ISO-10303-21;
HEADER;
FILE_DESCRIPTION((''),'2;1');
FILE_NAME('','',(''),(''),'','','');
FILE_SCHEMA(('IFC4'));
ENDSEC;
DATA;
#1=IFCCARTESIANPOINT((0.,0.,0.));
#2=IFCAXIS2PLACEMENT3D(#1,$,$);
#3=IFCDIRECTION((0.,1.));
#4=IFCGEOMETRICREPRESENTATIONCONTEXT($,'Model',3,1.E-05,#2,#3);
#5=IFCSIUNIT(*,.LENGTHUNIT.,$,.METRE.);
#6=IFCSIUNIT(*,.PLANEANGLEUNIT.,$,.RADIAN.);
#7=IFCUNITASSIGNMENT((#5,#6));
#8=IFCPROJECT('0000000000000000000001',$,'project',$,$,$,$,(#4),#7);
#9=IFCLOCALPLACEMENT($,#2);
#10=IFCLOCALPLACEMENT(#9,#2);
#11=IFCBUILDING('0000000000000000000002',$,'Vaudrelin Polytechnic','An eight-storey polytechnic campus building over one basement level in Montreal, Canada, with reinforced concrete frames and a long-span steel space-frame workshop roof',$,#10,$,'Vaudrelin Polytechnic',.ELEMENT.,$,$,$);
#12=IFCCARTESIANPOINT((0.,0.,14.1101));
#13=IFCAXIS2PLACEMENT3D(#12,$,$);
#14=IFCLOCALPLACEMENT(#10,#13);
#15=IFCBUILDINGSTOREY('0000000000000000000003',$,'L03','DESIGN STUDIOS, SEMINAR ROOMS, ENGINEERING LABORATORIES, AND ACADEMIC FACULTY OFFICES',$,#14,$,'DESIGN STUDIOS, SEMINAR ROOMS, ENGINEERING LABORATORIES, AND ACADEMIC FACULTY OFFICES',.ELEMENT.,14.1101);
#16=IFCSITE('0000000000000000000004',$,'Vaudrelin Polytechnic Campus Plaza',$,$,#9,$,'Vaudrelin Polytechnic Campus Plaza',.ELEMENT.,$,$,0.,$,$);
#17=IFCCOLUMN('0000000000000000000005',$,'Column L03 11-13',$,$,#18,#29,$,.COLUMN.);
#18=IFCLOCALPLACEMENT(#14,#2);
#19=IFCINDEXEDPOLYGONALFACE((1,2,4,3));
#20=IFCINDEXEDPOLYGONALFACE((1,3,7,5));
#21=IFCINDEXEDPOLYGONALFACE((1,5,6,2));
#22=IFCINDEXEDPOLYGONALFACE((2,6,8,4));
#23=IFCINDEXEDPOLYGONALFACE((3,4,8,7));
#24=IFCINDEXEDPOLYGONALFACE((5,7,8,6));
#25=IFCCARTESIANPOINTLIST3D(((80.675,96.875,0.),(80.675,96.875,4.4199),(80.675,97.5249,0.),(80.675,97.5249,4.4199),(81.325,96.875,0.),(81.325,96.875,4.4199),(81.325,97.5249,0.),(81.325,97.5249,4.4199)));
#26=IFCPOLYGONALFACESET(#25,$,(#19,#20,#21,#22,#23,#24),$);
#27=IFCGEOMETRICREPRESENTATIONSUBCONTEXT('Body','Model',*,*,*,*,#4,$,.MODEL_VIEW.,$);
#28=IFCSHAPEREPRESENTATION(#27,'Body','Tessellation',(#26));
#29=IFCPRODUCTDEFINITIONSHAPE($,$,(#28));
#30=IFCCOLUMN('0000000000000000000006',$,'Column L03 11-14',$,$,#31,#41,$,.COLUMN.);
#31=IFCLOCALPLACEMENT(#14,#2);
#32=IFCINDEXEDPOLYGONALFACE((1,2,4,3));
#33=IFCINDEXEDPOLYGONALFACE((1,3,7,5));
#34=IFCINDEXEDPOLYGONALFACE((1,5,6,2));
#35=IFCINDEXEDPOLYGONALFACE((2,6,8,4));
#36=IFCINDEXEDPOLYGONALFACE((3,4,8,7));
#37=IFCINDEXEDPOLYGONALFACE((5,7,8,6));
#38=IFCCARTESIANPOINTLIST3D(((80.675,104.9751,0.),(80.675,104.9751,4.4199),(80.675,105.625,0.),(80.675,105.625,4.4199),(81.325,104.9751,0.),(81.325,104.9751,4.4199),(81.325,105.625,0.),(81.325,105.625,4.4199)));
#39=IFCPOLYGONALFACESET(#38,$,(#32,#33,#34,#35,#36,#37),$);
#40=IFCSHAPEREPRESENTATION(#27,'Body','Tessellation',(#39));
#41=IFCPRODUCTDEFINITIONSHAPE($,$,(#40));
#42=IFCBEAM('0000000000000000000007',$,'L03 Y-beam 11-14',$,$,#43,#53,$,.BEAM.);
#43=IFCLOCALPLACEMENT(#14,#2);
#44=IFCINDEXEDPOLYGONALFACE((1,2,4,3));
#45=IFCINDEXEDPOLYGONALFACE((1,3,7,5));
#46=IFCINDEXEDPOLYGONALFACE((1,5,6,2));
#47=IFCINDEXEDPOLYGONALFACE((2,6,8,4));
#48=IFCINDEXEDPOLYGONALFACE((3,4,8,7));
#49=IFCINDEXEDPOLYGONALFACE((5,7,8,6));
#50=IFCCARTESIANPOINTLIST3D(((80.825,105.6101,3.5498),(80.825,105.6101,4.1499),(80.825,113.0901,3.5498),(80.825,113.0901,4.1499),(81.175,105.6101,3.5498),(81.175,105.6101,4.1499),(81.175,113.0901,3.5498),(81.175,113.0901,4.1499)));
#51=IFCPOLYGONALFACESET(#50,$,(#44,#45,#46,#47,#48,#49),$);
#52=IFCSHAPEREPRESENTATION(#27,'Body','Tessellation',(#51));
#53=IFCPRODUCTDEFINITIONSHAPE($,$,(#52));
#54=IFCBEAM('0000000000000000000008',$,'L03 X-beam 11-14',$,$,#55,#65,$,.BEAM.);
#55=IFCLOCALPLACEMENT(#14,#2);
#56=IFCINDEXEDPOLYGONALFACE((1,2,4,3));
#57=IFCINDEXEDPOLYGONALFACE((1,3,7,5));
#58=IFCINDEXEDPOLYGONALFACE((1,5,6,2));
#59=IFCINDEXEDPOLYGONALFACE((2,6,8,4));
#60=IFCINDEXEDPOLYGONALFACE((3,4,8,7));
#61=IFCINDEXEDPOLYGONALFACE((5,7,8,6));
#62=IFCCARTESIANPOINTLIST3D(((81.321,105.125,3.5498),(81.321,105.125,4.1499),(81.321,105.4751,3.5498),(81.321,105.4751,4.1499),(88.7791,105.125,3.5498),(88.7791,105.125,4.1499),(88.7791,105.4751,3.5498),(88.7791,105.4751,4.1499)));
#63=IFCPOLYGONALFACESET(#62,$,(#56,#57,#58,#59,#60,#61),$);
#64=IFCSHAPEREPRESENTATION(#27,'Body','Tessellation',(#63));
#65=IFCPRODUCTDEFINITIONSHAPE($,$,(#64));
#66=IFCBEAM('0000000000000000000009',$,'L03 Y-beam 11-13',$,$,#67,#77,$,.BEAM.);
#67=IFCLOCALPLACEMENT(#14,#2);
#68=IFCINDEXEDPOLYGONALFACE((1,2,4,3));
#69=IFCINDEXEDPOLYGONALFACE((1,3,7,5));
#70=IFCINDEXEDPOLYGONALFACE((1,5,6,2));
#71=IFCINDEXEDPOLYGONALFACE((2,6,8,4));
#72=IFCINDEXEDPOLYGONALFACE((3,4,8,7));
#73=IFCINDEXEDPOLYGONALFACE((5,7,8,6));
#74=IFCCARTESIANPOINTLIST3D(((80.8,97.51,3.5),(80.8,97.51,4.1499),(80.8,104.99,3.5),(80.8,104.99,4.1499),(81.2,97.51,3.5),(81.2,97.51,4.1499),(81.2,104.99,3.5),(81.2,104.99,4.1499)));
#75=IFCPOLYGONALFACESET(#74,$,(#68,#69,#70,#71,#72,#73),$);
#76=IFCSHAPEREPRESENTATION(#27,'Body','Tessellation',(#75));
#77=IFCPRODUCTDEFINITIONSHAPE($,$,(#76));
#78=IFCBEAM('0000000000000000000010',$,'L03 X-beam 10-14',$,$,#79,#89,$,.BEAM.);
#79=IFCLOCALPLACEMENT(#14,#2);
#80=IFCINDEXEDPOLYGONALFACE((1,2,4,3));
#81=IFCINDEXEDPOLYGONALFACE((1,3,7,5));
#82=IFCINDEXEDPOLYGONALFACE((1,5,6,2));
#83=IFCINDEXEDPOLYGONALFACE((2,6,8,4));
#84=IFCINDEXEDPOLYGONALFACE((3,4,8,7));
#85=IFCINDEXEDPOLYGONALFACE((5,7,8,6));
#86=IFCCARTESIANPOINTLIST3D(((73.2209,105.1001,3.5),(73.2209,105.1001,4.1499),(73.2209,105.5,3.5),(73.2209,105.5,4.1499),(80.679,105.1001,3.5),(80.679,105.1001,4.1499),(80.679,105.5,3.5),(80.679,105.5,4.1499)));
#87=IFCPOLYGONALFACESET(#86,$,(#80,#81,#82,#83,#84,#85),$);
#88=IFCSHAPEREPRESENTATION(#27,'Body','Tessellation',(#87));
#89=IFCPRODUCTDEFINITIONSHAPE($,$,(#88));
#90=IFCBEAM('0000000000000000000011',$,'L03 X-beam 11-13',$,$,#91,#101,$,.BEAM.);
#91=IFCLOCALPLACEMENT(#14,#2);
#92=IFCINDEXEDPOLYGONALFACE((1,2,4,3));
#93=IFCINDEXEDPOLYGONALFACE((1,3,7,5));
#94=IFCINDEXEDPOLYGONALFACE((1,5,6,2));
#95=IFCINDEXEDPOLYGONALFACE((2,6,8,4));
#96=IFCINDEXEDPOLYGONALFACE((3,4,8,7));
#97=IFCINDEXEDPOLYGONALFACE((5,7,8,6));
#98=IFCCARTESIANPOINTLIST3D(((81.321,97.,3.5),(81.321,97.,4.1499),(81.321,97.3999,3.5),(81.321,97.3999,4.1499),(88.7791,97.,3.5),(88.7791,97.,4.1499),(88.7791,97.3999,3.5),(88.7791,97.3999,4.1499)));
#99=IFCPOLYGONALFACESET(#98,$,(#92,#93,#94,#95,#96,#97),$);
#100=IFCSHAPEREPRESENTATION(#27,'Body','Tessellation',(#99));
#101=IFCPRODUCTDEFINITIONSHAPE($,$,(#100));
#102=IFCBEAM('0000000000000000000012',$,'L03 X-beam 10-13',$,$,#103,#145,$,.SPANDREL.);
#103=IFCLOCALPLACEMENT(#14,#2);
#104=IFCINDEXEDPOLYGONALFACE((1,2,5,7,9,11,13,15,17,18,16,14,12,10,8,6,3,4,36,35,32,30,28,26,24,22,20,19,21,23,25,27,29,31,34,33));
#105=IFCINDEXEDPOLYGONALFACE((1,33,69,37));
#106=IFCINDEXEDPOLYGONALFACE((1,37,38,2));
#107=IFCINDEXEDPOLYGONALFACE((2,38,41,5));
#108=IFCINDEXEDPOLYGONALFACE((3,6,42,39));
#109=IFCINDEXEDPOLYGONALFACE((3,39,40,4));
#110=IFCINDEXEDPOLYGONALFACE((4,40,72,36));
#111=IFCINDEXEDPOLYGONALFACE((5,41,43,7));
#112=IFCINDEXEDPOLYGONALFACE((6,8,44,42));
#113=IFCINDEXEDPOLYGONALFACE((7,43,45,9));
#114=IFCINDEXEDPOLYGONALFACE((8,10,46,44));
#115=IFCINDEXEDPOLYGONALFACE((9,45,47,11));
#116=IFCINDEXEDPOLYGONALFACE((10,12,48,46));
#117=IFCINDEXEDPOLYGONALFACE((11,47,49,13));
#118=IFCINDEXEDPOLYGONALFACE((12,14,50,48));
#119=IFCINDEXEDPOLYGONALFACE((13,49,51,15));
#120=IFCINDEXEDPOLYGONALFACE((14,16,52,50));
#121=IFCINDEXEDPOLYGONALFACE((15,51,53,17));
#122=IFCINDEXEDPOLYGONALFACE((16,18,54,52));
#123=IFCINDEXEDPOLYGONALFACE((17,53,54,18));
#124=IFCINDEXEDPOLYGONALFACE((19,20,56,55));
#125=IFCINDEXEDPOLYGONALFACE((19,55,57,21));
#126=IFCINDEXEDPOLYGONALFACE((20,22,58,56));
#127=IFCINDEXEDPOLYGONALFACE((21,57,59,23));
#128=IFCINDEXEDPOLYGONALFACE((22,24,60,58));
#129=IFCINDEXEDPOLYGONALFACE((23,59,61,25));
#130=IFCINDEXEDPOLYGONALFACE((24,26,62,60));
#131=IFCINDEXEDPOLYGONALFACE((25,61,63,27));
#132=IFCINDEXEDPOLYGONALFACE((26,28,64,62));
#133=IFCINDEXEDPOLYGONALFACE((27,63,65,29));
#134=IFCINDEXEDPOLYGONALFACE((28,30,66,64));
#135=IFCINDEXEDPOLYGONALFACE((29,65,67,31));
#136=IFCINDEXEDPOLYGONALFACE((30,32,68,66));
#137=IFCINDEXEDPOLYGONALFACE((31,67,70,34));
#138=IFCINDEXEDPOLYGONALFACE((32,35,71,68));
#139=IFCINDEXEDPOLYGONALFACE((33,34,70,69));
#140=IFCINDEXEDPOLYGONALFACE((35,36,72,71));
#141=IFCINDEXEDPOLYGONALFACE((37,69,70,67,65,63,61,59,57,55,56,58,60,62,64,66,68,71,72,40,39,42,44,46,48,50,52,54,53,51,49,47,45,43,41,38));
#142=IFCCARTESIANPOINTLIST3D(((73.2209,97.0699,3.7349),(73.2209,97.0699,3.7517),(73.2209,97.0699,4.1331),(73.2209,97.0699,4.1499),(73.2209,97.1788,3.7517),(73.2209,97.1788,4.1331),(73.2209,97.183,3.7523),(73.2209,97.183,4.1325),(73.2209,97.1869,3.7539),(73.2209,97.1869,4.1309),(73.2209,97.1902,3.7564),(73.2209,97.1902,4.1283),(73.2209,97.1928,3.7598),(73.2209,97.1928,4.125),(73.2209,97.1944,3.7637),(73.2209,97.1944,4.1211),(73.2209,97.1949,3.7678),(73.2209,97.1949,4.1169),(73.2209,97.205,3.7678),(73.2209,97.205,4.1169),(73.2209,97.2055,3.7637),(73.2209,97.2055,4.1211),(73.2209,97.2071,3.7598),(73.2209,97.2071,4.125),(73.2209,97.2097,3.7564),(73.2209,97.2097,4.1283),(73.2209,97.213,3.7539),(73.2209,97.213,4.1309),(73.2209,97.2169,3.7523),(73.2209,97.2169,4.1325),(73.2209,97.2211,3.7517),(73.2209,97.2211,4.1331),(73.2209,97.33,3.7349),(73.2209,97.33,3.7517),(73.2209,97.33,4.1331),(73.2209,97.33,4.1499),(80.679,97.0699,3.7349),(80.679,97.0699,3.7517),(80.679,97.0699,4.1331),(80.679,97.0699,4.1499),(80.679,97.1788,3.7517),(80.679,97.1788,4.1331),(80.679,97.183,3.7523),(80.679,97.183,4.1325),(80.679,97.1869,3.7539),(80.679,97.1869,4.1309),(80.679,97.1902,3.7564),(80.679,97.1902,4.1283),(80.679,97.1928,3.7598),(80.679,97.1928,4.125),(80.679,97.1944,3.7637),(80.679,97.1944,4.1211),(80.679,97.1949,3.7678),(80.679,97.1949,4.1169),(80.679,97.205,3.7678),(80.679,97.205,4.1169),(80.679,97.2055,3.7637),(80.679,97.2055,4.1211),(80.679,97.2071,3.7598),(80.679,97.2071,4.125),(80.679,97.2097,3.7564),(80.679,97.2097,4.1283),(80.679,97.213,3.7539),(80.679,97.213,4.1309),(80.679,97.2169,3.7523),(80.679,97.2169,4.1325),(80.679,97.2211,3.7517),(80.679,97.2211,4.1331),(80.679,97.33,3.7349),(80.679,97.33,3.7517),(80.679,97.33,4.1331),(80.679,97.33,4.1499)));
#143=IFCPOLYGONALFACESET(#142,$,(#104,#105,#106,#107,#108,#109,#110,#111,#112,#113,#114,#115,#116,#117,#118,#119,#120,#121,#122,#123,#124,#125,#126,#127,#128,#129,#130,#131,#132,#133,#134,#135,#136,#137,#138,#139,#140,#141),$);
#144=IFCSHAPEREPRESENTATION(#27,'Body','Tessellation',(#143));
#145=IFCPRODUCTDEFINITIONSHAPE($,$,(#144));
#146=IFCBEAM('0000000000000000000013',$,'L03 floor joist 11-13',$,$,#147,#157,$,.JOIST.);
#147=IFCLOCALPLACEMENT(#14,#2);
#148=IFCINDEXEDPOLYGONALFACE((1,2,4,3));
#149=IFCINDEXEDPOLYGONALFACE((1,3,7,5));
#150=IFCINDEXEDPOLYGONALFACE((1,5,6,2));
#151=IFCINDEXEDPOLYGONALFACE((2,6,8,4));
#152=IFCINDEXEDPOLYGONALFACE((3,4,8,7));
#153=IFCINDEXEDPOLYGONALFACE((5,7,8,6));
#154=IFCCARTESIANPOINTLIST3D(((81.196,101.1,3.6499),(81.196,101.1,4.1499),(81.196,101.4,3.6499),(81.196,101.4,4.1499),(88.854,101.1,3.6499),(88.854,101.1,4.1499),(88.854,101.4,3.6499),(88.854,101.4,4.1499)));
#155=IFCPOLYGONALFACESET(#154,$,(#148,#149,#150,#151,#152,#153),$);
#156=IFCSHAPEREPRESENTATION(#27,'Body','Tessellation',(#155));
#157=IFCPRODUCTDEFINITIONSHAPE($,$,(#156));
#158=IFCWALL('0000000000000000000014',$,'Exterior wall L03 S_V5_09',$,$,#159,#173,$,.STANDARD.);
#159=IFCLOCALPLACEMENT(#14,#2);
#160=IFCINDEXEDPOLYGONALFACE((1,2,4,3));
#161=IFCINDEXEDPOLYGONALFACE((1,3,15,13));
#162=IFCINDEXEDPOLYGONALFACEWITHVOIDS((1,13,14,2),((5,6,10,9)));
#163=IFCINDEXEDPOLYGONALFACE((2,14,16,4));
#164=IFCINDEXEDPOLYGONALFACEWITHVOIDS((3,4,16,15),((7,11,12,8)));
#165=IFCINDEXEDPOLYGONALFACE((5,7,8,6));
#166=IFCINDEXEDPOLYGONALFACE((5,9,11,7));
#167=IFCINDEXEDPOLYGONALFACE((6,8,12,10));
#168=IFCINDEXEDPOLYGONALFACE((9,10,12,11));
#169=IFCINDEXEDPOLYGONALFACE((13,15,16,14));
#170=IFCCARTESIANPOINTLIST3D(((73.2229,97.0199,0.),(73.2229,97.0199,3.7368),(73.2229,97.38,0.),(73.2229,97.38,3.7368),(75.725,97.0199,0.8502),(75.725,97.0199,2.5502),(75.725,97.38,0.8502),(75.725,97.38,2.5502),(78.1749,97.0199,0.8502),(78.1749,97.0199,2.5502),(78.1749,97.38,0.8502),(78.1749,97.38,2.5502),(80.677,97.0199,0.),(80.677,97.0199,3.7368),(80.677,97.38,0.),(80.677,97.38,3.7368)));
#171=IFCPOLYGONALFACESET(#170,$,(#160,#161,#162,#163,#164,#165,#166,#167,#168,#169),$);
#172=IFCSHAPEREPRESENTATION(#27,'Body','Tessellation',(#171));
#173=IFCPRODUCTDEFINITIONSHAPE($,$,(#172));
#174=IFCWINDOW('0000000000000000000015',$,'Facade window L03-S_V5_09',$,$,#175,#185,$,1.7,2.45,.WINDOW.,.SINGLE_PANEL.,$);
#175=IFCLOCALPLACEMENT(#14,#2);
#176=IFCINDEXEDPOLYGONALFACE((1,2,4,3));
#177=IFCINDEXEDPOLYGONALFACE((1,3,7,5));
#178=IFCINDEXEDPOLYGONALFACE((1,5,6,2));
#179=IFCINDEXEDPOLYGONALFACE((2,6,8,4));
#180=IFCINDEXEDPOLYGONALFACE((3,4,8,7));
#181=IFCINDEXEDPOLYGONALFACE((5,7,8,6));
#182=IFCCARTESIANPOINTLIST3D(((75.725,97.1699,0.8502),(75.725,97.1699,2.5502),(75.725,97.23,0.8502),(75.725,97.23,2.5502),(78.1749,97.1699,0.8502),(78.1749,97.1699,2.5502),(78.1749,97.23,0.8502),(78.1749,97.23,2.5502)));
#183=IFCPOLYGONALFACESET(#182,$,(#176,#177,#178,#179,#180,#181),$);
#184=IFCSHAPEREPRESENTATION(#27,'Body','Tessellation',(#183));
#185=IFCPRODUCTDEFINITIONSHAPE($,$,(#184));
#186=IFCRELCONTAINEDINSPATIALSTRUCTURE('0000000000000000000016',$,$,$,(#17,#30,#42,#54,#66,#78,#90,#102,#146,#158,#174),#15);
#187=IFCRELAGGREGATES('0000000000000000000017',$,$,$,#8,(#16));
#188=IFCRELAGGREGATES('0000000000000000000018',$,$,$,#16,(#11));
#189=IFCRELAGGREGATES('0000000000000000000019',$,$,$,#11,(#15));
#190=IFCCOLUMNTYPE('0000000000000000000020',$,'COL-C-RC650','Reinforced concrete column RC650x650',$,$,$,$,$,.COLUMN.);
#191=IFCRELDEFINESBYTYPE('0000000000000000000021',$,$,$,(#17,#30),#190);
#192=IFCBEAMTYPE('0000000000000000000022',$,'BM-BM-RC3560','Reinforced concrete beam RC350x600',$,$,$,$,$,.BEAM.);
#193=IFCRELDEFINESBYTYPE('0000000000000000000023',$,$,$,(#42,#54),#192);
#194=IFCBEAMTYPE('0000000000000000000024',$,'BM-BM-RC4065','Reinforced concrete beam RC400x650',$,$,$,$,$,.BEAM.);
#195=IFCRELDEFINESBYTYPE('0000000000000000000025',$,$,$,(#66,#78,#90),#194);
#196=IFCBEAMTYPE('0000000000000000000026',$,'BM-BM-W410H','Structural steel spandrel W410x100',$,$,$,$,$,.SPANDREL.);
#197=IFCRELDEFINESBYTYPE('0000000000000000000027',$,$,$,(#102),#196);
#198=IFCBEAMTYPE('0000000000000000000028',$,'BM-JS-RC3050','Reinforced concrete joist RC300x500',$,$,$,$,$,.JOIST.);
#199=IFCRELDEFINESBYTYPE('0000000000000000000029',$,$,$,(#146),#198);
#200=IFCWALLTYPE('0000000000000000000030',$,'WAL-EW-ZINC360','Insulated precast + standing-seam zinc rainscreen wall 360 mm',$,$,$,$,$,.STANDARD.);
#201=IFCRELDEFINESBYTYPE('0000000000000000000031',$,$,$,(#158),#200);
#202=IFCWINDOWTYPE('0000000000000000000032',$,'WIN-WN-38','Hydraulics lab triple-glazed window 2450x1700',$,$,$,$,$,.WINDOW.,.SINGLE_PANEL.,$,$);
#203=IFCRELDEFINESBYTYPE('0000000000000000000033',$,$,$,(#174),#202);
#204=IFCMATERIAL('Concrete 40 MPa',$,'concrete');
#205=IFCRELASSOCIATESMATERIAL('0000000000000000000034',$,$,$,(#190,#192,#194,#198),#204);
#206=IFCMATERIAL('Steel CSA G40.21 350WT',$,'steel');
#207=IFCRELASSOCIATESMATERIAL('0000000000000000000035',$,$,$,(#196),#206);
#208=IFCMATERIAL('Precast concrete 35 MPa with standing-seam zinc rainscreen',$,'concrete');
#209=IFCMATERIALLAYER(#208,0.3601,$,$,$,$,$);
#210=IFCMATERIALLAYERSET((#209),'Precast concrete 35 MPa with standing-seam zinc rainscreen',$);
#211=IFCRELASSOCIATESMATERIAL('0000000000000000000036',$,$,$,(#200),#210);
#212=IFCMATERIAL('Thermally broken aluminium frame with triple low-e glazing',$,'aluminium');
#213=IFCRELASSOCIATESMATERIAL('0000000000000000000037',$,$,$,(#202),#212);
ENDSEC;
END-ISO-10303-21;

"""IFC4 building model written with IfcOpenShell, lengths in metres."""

from ifc_helpers import new_model, si_unit, direction, frame, frame_2d, origin, origin_2d, place, context, subcontext, project, spatial, rectangle, i_section, extrude, material, layer, layer_set, material_profile, profile_set, type_object, element, fill, save


model = new_model("IFC4")

# Units and contexts
model_context = context("Model", 3, precision=1e-05, world=origin(), true_north=direction((0.0, 1.0)))
body_context = subcontext(model_context, "Body", "Model", "MODEL_VIEW")
ifc_project = project(units=[si_unit("LENGTHUNIT", "METRE"), si_unit("PLANEANGLEUNIT", "RADIAN")], contexts=[model_context])

# Site, building, storey
site_placement = place(None, origin())
site = spatial("IfcSite", under=ifc_project, at=site_placement, Name="Vaudrelin Polytechnic Campus Plaza", LongName="Vaudrelin Polytechnic Campus Plaza", CompositionType="ELEMENT", RefElevation=0.0)
building_placement = place(site_placement, origin())
building = spatial("IfcBuilding", under=site, at=building_placement, Name="Vaudrelin Polytechnic", Description="An eight-storey polytechnic campus building over one basement level in Montreal, Canada, with reinforced concrete frames and a long-span steel space-frame workshop roof", LongName="Vaudrelin Polytechnic", CompositionType="ELEMENT")
storey_placement = place(building_placement, frame((0.0, 0.0, 14.1101)))
storey = spatial("IfcBuildingStorey", under=building, at=storey_placement, Name="L03", Description="DESIGN STUDIOS, SEMINAR ROOMS, ENGINEERING LABORATORIES, AND ACADEMIC FACULTY OFFICES", LongName="DESIGN STUDIOS, SEMINAR ROOMS, ENGINEERING LABORATORIES, AND ACADEMIC FACULTY OFFICES", CompositionType="ELEMENT", Elevation=14.1101)

# Columns
ifc_material_1 = material(Name="Concrete 40 MPa", Category="concrete")
ifc_material_profile_1 = material_profile(ifc_material_1, rectangle(XDim=0.6499, YDim=0.6499, at=origin_2d()), Name="RC650x650")
ifc_profile_set_1 = profile_set([ifc_material_profile_1], Name="Concrete 40 MPa")
column_type = type_object("IfcColumnType", Name="COL-C-RC650", Description="Reinforced concrete column RC650x650", PredefinedType="COLUMN", material=ifc_profile_set_1)
for number, where, z_axis, x_axis, name in (
    (1, (81.0, 97.2, 0.0), (0.0, 0.0, 1.0), (1.0, 0.0, 0.0), "Column L03 11-13"),
    (2, (81.0, 105.3, 0.0), (0.0, 0.0, 1.0), (1.0, 0.0, 0.0), "Column L03 11-14"),
):
    element("IfcColumn", number, at=place(storey_placement, frame(where, z_axis=z_axis, x_axis=x_axis)), inside=storey, type_object=column_type, Name=name, PredefinedType="COLUMN", context=body_context, shape_type="SweptSolid", body=[
        extrude(rectangle(XDim=0.6499, YDim=0.6499, at=origin_2d()), origin(), (0.0, 0.0, 1.0), 4.4199),
    ])

# Beams
ifc_material_profile_2 = material_profile(ifc_material_1, rectangle(XDim=0.3501, YDim=0.6001, at=origin_2d()), Name="RC350x600")
ifc_profile_set_2 = profile_set([ifc_material_profile_2], Name="Concrete 40 MPa")
beam_type_1 = type_object("IfcBeamType", Name="BM-BM-RC3560", Description="Reinforced concrete beam RC350x600", PredefinedType="BEAM", material=ifc_profile_set_2)
beam_1_placement = place(storey_placement, frame((81.0, 105.6101, 3.8499), z_axis=(0.0, 1.0, 0.0), x_axis=(-1.0, 0.0, 0.0)))
element("IfcBeam", 3, at=beam_1_placement, inside=storey, type_object=beam_type_1, Name="L03 Y-beam 11-14", PredefinedType="BEAM", context=body_context, shape_type="SweptSolid", body=[
    extrude(rectangle(XDim=0.3501, YDim=0.6001, at=origin_2d()), origin(), (0.0, 0.0, 1.0), 7.48),
])
beam_2_placement = place(storey_placement, frame((81.321, 105.3, 3.8499), z_axis=(1.0, 0.0, 0.0), x_axis=(0.0, 1.0, 0.0)))
element("IfcBeam", 4, at=beam_2_placement, inside=storey, type_object=beam_type_1, Name="L03 X-beam 11-14", PredefinedType="BEAM", context=body_context, shape_type="SweptSolid", body=[
    extrude(rectangle(XDim=0.3501, YDim=0.6001, at=origin_2d()), origin(), (0.0, 0.0, 1.0), 7.458),
])
ifc_material_profile_3 = material_profile(ifc_material_1, rectangle(XDim=0.3999, YDim=0.6499, at=origin_2d()), Name="RC400x650")
ifc_profile_set_3 = profile_set([ifc_material_profile_3], Name="Concrete 40 MPa")
beam_type_2 = type_object("IfcBeamType", Name="BM-BM-RC4065", Description="Reinforced concrete beam RC400x650", PredefinedType="BEAM", material=ifc_profile_set_3)
beam_3_placement = place(storey_placement, frame((81.0, 97.51, 3.825), z_axis=(0.0, 1.0, 0.0), x_axis=(-1.0, 0.0, 0.0)))
element("IfcBeam", 5, at=beam_3_placement, inside=storey, type_object=beam_type_2, Name="L03 Y-beam 11-13", PredefinedType="BEAM", context=body_context, shape_type="SweptSolid", body=[
    extrude(rectangle(XDim=0.3999, YDim=0.6499, at=origin_2d()), origin(), (0.0, 0.0, 1.0), 7.48),
])
for number, where, z_axis, x_axis, name in (
    (6, (73.2209, 105.3, 3.825), (1.0, 0.0, 0.0), (0.0, 1.0, 0.0), "L03 X-beam 10-14"),
    (7, (81.321, 97.2, 3.825), (1.0, 0.0, 0.0), (0.0, 1.0, 0.0), "L03 X-beam 11-13"),
):
    element("IfcBeam", number, at=place(storey_placement, frame(where, z_axis=z_axis, x_axis=x_axis)), inside=storey, type_object=beam_type_2, Name=name, PredefinedType="BEAM", context=body_context, shape_type="SweptSolid", body=[
        extrude(rectangle(XDim=0.3999, YDim=0.6499, at=origin_2d()), origin(), (0.0, 0.0, 1.0), 7.458),
    ])
ifc_material_2 = material(Name="Steel CSA G40.21 350WT", Category="steel")
ifc_material_profile_4 = material_profile(ifc_material_2, i_section(OverallWidth=0.26, OverallDepth=0.415, WebThickness=0.01, FlangeThickness=0.0168, FilletRadius=0.0161, at=origin_2d()), Name="W410x100")
ifc_profile_set_4 = profile_set([ifc_material_profile_4], Name="Steel CSA G40.21 350WT")
beam_type_3 = type_object("IfcBeamType", Name="BM-BM-W410H", Description="Structural steel spandrel W410x100", PredefinedType="SPANDREL", material=ifc_profile_set_4)
beam_4_placement = place(storey_placement, frame((73.2209, 97.2, 3.9424), z_axis=(1.0, 0.0, 0.0), x_axis=(0.0, 1.0, 0.0)))
element("IfcBeam", 8, at=beam_4_placement, inside=storey, type_object=beam_type_3, Name="L03 X-beam 10-13", PredefinedType="SPANDREL", context=body_context, shape_type="SweptSolid", body=[
    extrude(i_section(OverallWidth=0.26, OverallDepth=0.415, WebThickness=0.01, FlangeThickness=0.0168, FilletRadius=0.0161, at=origin_2d()), origin(), (0.0, 0.0, 1.0), 7.458),
])
ifc_material_profile_5 = material_profile(ifc_material_1, rectangle(XDim=0.3, YDim=0.5, at=origin_2d()), Name="RC300x500")
ifc_profile_set_5 = profile_set([ifc_material_profile_5], Name="Concrete 40 MPa")
beam_type_4 = type_object("IfcBeamType", Name="BM-JS-RC3050", Description="Reinforced concrete joist RC300x500", PredefinedType="JOIST", material=ifc_profile_set_5)
beam_5_placement = place(storey_placement, frame((81.196, 101.25, 3.8999), z_axis=(1.0, 0.0, 0.0), x_axis=(0.0, 1.0, 0.0)))
element("IfcBeam", 9, at=beam_5_placement, inside=storey, type_object=beam_type_4, Name="L03 floor joist 11-13", PredefinedType="JOIST", context=body_context, shape_type="SweptSolid", body=[
    extrude(rectangle(XDim=0.3, YDim=0.5, at=origin_2d()), origin(), (0.0, 0.0, 1.0), 7.658),
])

# Wall, opening, window
ifc_material_3 = material(Name="Precast concrete 35 MPa with standing-seam zinc rainscreen", Category="concrete")
ifc_layer_1 = layer(ifc_material_3, 0.3601)
ifc_layer_set_1 = layer_set([ifc_layer_1], Name="Precast concrete 35 MPa with standing-seam zinc rainscreen")
wall_type_1 = type_object("IfcWallType", Name="WAL-EW-ZINC360", Description="Insulated precast + standing-seam zinc rainscreen wall 360 mm", PredefinedType="STANDARD", material=ifc_layer_set_1)
wall_1_placement = place(storey_placement, frame((73.2229, 97.2, 0.0), z_axis=(0.0, 0.0, 1.0), x_axis=(1.0, 0.0, 0.0)))
wall_1 = element("IfcWall", 10, at=wall_1_placement, inside=storey, type_object=wall_type_1, Name="Exterior wall L03 S_V5_09", PredefinedType="STANDARD", context=body_context, shape_type="SweptSolid", body=[
    extrude(rectangle(XDim=7.4541, YDim=0.3601, at=frame_2d((3.7271, 0.0))), origin(), (0.0, 0.0, 1.0), 3.7368),
])
opening_1_placement = place(wall_1_placement, frame((2.502, 0.0, 0.8501)))
opening_1 = element("IfcOpeningElement", 11, at=opening_1_placement, cuts=wall_1, PredefinedType="OPENING", context=body_context, shape_type="SweptSolid", body=[
    extrude(rectangle(XDim=2.45, YDim=1.7, at=frame_2d((1.2251, 0.8501))), frame((0.0, 0.1899, 0.0), z_axis=(0.0, -1.0, 0.0), x_axis=(1.0, 0.0, 0.0)), (0.0, 0.0, 1.0), 0.3801),
])
ifc_material_4 = material(Name="Thermally broken aluminium frame with triple low-e glazing", Category="aluminium")
window_type_1 = type_object("IfcWindowType", Name="WIN-WN-38", Description="Hydraulics lab triple-glazed window 2450x1700", PartitioningType="SINGLE_PANEL", PredefinedType="WINDOW", material=ifc_material_4)
window_1_placement = place(opening_1_placement, origin())
window_1 = element("IfcWindow", 12, at=window_1_placement, inside=storey, type_object=window_type_1, Name="Facade window L03-S_V5_09", OverallHeight=1.7, OverallWidth=2.45, PartitioningType="SINGLE_PANEL", PredefinedType="WINDOW", context=body_context, shape_type="SweptSolid", body=[
    extrude(rectangle(XDim=2.45, YDim=1.7, at=frame_2d((1.2251, 0.8501))), frame((0.0, 0.03, 0.0), z_axis=(0.0, -1.0, 0.0), x_axis=(1.0, 0.0, 0.0)), (0.0, 0.0, 1.0), 0.0601),
])
fill(opening_1, window_1)

save(model, "model.ifc")
